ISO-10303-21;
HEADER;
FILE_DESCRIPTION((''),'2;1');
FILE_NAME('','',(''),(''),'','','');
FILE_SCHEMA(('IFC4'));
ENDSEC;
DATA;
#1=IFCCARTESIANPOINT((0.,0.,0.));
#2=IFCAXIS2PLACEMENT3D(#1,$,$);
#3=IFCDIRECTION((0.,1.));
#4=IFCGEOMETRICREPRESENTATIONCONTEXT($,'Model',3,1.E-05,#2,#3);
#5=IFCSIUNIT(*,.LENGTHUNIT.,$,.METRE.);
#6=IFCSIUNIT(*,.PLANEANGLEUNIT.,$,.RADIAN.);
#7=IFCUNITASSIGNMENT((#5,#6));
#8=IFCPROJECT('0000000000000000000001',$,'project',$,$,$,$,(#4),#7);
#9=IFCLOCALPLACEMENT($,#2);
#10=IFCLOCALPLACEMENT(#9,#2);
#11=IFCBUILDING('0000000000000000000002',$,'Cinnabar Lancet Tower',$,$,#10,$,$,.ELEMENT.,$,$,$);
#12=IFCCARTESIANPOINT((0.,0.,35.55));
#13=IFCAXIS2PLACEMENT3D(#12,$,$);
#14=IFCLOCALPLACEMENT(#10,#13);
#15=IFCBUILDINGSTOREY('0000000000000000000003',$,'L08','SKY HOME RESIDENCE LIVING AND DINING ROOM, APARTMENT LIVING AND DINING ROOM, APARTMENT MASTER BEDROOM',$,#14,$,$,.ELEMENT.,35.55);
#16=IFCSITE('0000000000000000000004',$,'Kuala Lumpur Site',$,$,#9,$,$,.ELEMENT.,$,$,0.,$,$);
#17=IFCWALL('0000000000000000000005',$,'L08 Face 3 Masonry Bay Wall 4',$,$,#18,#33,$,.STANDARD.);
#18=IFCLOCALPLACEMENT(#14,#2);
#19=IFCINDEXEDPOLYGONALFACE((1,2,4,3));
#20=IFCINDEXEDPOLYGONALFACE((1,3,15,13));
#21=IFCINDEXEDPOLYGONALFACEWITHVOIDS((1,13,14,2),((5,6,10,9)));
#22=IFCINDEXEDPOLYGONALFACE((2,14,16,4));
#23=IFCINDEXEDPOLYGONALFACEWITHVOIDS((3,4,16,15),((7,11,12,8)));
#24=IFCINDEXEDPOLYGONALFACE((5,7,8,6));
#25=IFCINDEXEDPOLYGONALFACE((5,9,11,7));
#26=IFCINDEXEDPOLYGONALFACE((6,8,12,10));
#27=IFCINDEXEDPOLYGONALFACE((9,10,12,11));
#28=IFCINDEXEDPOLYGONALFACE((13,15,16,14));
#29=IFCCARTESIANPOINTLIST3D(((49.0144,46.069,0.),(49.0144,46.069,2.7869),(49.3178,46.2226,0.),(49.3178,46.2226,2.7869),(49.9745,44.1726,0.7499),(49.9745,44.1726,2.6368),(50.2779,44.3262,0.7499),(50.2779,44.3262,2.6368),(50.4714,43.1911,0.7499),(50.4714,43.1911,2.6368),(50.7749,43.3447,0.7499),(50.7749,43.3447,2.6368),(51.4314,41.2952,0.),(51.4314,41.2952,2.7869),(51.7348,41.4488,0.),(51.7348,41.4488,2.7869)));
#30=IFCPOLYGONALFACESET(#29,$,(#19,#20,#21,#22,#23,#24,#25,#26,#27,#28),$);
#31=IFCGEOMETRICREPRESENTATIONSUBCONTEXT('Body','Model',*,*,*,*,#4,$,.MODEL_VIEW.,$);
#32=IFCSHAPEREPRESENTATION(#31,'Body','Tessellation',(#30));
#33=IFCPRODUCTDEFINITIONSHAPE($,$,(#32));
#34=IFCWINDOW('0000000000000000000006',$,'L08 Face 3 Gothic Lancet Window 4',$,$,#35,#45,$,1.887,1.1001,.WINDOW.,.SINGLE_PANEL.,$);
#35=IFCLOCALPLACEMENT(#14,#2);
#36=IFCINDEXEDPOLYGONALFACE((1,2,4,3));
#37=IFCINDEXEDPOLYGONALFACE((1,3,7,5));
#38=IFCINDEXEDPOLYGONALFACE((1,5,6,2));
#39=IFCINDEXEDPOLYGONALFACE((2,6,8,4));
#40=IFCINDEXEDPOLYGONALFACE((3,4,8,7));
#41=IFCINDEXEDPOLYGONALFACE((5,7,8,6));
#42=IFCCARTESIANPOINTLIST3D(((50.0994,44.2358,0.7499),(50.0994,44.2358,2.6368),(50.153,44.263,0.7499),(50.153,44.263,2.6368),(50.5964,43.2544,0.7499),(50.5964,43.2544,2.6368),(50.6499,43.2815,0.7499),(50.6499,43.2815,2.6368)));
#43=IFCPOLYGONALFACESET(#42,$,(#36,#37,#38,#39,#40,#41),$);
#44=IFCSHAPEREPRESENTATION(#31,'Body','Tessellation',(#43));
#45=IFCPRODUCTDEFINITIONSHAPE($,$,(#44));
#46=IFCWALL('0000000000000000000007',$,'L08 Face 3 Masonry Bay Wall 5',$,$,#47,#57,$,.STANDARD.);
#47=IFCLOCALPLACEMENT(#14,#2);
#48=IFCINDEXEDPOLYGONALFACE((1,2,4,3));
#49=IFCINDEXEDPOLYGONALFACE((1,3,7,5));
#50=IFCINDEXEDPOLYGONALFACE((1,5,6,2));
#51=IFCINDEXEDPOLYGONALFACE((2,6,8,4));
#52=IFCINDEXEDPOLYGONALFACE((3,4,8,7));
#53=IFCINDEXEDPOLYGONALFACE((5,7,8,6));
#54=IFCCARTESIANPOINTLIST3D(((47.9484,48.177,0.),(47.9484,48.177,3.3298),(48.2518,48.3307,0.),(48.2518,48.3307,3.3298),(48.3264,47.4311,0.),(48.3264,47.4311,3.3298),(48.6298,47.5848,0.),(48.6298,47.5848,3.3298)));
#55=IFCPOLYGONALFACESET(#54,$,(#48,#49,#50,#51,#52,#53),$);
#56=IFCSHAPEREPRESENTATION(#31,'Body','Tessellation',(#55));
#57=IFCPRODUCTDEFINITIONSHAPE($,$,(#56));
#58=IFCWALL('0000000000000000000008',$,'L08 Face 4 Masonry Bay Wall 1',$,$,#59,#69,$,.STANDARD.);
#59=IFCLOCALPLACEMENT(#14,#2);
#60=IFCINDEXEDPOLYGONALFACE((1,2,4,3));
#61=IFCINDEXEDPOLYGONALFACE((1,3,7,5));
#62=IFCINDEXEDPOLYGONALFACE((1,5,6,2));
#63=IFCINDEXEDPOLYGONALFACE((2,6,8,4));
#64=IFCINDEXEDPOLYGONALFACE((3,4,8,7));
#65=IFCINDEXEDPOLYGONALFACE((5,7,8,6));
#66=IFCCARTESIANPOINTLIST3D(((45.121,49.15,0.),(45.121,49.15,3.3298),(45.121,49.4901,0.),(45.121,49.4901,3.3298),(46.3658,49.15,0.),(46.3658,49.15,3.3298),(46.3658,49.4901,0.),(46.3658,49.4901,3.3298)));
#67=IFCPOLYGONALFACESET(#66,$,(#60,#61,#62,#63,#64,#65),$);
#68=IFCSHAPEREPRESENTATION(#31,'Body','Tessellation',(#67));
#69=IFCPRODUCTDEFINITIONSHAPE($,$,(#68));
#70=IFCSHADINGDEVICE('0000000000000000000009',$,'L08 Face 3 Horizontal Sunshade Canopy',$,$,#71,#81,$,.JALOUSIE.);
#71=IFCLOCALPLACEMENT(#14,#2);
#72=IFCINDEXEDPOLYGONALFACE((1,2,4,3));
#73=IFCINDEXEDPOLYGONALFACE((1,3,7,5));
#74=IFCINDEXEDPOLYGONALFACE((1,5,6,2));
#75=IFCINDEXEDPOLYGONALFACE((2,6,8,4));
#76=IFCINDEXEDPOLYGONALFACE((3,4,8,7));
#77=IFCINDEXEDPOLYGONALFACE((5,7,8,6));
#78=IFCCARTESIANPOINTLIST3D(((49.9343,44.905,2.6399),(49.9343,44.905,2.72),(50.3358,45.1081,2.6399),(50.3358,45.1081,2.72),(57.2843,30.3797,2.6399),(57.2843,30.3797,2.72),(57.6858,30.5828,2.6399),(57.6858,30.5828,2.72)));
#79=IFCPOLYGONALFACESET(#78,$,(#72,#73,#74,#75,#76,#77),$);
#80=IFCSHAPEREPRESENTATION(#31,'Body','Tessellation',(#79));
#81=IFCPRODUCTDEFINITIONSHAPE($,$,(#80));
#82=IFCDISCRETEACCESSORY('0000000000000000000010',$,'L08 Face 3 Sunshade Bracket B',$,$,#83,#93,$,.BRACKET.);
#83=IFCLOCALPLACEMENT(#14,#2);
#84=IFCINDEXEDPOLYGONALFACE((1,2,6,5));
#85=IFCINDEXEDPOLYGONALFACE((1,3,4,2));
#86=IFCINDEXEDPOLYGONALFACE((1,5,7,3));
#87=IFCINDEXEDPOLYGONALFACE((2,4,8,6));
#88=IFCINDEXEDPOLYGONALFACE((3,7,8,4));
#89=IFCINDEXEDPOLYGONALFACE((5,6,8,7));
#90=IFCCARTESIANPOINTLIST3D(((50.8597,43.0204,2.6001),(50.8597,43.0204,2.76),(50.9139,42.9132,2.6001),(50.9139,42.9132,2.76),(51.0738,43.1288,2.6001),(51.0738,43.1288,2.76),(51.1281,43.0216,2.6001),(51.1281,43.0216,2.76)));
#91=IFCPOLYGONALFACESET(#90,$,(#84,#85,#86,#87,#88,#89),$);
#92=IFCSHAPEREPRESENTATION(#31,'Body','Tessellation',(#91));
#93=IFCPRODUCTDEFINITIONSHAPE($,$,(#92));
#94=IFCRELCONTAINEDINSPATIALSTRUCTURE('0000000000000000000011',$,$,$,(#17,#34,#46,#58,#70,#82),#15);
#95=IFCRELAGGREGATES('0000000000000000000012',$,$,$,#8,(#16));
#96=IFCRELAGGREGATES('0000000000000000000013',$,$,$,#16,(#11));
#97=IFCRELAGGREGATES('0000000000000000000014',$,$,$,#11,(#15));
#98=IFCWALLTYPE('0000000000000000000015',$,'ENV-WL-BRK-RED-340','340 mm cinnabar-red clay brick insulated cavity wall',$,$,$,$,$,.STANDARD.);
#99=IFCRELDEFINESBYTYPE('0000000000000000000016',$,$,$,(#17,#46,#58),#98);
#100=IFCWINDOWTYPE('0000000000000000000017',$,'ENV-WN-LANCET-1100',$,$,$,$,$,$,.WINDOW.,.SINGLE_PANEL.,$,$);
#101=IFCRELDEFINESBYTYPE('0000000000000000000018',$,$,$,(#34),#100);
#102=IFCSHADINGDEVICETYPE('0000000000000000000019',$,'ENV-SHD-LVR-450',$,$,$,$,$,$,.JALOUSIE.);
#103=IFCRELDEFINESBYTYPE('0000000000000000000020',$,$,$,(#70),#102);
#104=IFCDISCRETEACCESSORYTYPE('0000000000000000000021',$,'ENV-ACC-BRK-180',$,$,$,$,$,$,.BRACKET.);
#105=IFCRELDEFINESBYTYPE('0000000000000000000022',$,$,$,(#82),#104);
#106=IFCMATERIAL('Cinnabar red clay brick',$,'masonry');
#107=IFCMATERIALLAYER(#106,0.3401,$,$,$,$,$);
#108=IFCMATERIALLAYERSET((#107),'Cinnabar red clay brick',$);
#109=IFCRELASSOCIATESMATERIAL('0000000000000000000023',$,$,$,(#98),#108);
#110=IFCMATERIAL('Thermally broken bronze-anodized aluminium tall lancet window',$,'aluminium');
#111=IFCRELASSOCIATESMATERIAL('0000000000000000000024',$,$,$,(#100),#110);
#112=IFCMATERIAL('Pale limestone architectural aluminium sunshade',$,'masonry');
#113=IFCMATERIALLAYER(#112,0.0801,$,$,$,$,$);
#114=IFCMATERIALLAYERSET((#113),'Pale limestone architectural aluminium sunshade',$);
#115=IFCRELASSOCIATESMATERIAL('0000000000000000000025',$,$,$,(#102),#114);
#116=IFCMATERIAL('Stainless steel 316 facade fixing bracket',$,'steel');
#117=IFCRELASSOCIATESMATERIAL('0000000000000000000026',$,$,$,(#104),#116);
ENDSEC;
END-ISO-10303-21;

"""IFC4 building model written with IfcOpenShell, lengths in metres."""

from ifc_helpers import new_model, si_unit, direction, frame, frame_2d, origin, origin_2d, place, context, subcontext, project, spatial, rectangle, extrude, material, layer, layer_set, type_object, element, fill, save


model = new_model("IFC4")

# Units and contexts
model_context = context("Model", 3, precision=1e-05, world=origin(), true_north=direction((0.0, 1.0)))
body_context = subcontext(model_context, "Body", "Model", "MODEL_VIEW")
ifc_project = project(units=[si_unit("LENGTHUNIT", "METRE"), si_unit("PLANEANGLEUNIT", "RADIAN")], contexts=[model_context])

# Site, building, storey
site_placement = place(None, origin())
site = spatial("IfcSite", under=ifc_project, at=site_placement, Name="Kuala Lumpur Site", CompositionType="ELEMENT", RefElevation=0.0)
building_placement = place(site_placement, origin())
building = spatial("IfcBuilding", under=site, at=building_placement, Name="Cinnabar Lancet Tower", CompositionType="ELEMENT")
storey_placement = place(building_placement, frame((0.0, 0.0, 35.55)))
storey = spatial("IfcBuildingStorey", under=building, at=storey_placement, Name="L08", Description="SKY HOME RESIDENCE LIVING AND DINING ROOM, APARTMENT LIVING AND DINING ROOM, APARTMENT MASTER BEDROOM", CompositionType="ELEMENT", Elevation=35.55)

# Shared definitions
ifc_material_1 = material(Name="Cinnabar red clay brick", Category="masonry")
ifc_layer_1 = layer(ifc_material_1, 0.3401)
ifc_layer_set_1 = layer_set([ifc_layer_1], Name="Cinnabar red clay brick")
wall_type_1 = type_object("IfcWallType", Name="ENV-WL-BRK-RED-340", Description="340 mm cinnabar-red clay brick insulated cavity wall", PredefinedType="STANDARD", material=ifc_layer_set_1)

# Wall, opening, window
wall_1_placement = place(storey_placement, frame((51.583, 41.3721, 0.0), z_axis=(0.0, 0.0, 1.0), x_axis=(-0.451698, 0.892171, 0.0)))
wall_1 = element("IfcWall", 1, at=wall_1_placement, inside=storey, type_object=wall_type_1, Name="L08 Face 3 Masonry Bay Wall 4", PredefinedType="STANDARD", context=body_context, shape_type="SweptSolid", body=[
    extrude(rectangle(XDim=5.3508, YDim=0.3401, at=frame_2d((2.6753, 0.0))), origin(), (0.0, 0.0, 1.0), 2.7869),
])
opening_1_placement = place(wall_1_placement, frame((2.125, 0.0, 0.75)))
opening_1 = element("IfcOpeningElement", 2, at=opening_1_placement, cuts=wall_1, PredefinedType="OPENING", context=body_context, shape_type="SweptSolid", body=[
    extrude(rectangle(XDim=1.1001, YDim=1.887, at=frame_2d((0.55, 0.9434))), frame((0.0, 0.1799, 0.0), z_axis=(0.0, -1.0, 0.0), x_axis=(1.0, 0.0, 0.0)), (0.0, 0.0, 1.0), 0.3601),
])
ifc_material_2 = material(Name="Thermally broken bronze-anodized aluminium tall lancet window", Category="aluminium")
window_type = type_object("IfcWindowType", Name="ENV-WN-LANCET-1100", PartitioningType="SINGLE_PANEL", PredefinedType="WINDOW", material=ifc_material_2)
window_placement = place(opening_1_placement, origin())
window = element("IfcWindow", 3, at=window_placement, inside=storey, type_object=window_type, Name="L08 Face 3 Gothic Lancet Window 4", OverallHeight=1.887, OverallWidth=1.1001, PartitioningType="SINGLE_PANEL", PredefinedType="WINDOW", context=body_context, shape_type="SweptSolid", body=[
    extrude(rectangle(XDim=1.1001, YDim=1.887, at=frame_2d((0.55, 0.9434))), frame((0.0, 0.03, 0.0), z_axis=(0.0, -1.0, 0.0), x_axis=(1.0, 0.0, 0.0)), (0.0, 0.0, 1.0), 0.0601),
])
fill(opening_1, window)

# Walls
wall_2_placement = place(storey_placement, frame((48.478, 47.5081, 0.0), z_axis=(0.0, 0.0, 1.0), x_axis=(-0.451996, 0.89202, 0.0)))
element("IfcWall", 4, at=wall_2_placement, inside=storey, type_object=wall_type_1, Name="L08 Face 3 Masonry Bay Wall 5", PredefinedType="STANDARD", context=body_context, shape_type="SweptSolid", body=[
    extrude(rectangle(XDim=0.8362, YDim=0.3401, at=frame_2d((0.418, 0.0))), origin(), (0.0, 0.0, 1.0), 3.3298),
])
wall_3_placement = place(storey_placement, frame((46.366, 49.3201, 0.0), z_axis=(0.0, 0.0, 1.0), x_axis=(-1.0, 0.0, 0.0)))
element("IfcWall", 5, at=wall_3_placement, inside=storey, type_object=wall_type_1, Name="L08 Face 4 Masonry Bay Wall 1", PredefinedType="STANDARD", context=body_context, shape_type="SweptSolid", body=[
    extrude(rectangle(XDim=1.2449, YDim=0.3401, at=frame_2d((0.6226, 0.0))), origin(), (0.0, 0.0, 1.0), 3.3298),
])

# Shading device
ifc_material_3 = material(Name="Pale limestone architectural aluminium sunshade", Category="masonry")
ifc_layer_2 = layer(ifc_material_3, 0.0801)
ifc_layer_set_2 = layer_set([ifc_layer_2], Name="Pale limestone architectural aluminium sunshade")
shading_device_type = type_object("IfcShadingDeviceType", Name="ENV-SHD-LVR-450", PredefinedType="JALOUSIE", material=ifc_layer_set_2)
shading_device_placement = place(storey_placement, frame((53.8101, 37.7439, 2.6399), z_axis=(0.0, 0.0, 1.0), x_axis=(-0.451501, 0.892271, 0.0)))
element("IfcShadingDevice", 6, at=shading_device_placement, inside=storey, type_object=shading_device_type, Name="L08 Face 3 Horizontal Sunshade Canopy", PredefinedType="JALOUSIE", context=body_context, shape_type="SweptSolid", body=[
    extrude(rectangle(XDim=16.2791, YDim=0.45, at=origin_2d()), origin(), (0.0, 0.0, 1.0), 0.0801),
])

# Discrete accessory
ifc_material_4 = material(Name="Stainless steel 316 facade fixing bracket", Category="steel")
discrete_accessory_type = type_object("IfcDiscreteAccessoryType", Name="ENV-ACC-BRK-180", PredefinedType="BRACKET", material=ifc_material_4)
discrete_accessory_placement = place(storey_placement, frame((50.9939, 43.021, 2.6001), z_axis=(0.0, 0.0, 1.0), x_axis=(-0.451501, 0.892271, 0.0)))
element("IfcDiscreteAccessory", 7, at=discrete_accessory_placement, inside=storey, type_object=discrete_accessory_type, Name="L08 Face 3 Sunshade Bracket B", PredefinedType="BRACKET", context=body_context, shape_type="SweptSolid", body=[
    extrude(rectangle(XDim=0.1201, YDim=0.24, at=origin_2d()), origin(), (0.0, 0.0, 1.0), 0.1599),
])

save(model, "model.ifc")
